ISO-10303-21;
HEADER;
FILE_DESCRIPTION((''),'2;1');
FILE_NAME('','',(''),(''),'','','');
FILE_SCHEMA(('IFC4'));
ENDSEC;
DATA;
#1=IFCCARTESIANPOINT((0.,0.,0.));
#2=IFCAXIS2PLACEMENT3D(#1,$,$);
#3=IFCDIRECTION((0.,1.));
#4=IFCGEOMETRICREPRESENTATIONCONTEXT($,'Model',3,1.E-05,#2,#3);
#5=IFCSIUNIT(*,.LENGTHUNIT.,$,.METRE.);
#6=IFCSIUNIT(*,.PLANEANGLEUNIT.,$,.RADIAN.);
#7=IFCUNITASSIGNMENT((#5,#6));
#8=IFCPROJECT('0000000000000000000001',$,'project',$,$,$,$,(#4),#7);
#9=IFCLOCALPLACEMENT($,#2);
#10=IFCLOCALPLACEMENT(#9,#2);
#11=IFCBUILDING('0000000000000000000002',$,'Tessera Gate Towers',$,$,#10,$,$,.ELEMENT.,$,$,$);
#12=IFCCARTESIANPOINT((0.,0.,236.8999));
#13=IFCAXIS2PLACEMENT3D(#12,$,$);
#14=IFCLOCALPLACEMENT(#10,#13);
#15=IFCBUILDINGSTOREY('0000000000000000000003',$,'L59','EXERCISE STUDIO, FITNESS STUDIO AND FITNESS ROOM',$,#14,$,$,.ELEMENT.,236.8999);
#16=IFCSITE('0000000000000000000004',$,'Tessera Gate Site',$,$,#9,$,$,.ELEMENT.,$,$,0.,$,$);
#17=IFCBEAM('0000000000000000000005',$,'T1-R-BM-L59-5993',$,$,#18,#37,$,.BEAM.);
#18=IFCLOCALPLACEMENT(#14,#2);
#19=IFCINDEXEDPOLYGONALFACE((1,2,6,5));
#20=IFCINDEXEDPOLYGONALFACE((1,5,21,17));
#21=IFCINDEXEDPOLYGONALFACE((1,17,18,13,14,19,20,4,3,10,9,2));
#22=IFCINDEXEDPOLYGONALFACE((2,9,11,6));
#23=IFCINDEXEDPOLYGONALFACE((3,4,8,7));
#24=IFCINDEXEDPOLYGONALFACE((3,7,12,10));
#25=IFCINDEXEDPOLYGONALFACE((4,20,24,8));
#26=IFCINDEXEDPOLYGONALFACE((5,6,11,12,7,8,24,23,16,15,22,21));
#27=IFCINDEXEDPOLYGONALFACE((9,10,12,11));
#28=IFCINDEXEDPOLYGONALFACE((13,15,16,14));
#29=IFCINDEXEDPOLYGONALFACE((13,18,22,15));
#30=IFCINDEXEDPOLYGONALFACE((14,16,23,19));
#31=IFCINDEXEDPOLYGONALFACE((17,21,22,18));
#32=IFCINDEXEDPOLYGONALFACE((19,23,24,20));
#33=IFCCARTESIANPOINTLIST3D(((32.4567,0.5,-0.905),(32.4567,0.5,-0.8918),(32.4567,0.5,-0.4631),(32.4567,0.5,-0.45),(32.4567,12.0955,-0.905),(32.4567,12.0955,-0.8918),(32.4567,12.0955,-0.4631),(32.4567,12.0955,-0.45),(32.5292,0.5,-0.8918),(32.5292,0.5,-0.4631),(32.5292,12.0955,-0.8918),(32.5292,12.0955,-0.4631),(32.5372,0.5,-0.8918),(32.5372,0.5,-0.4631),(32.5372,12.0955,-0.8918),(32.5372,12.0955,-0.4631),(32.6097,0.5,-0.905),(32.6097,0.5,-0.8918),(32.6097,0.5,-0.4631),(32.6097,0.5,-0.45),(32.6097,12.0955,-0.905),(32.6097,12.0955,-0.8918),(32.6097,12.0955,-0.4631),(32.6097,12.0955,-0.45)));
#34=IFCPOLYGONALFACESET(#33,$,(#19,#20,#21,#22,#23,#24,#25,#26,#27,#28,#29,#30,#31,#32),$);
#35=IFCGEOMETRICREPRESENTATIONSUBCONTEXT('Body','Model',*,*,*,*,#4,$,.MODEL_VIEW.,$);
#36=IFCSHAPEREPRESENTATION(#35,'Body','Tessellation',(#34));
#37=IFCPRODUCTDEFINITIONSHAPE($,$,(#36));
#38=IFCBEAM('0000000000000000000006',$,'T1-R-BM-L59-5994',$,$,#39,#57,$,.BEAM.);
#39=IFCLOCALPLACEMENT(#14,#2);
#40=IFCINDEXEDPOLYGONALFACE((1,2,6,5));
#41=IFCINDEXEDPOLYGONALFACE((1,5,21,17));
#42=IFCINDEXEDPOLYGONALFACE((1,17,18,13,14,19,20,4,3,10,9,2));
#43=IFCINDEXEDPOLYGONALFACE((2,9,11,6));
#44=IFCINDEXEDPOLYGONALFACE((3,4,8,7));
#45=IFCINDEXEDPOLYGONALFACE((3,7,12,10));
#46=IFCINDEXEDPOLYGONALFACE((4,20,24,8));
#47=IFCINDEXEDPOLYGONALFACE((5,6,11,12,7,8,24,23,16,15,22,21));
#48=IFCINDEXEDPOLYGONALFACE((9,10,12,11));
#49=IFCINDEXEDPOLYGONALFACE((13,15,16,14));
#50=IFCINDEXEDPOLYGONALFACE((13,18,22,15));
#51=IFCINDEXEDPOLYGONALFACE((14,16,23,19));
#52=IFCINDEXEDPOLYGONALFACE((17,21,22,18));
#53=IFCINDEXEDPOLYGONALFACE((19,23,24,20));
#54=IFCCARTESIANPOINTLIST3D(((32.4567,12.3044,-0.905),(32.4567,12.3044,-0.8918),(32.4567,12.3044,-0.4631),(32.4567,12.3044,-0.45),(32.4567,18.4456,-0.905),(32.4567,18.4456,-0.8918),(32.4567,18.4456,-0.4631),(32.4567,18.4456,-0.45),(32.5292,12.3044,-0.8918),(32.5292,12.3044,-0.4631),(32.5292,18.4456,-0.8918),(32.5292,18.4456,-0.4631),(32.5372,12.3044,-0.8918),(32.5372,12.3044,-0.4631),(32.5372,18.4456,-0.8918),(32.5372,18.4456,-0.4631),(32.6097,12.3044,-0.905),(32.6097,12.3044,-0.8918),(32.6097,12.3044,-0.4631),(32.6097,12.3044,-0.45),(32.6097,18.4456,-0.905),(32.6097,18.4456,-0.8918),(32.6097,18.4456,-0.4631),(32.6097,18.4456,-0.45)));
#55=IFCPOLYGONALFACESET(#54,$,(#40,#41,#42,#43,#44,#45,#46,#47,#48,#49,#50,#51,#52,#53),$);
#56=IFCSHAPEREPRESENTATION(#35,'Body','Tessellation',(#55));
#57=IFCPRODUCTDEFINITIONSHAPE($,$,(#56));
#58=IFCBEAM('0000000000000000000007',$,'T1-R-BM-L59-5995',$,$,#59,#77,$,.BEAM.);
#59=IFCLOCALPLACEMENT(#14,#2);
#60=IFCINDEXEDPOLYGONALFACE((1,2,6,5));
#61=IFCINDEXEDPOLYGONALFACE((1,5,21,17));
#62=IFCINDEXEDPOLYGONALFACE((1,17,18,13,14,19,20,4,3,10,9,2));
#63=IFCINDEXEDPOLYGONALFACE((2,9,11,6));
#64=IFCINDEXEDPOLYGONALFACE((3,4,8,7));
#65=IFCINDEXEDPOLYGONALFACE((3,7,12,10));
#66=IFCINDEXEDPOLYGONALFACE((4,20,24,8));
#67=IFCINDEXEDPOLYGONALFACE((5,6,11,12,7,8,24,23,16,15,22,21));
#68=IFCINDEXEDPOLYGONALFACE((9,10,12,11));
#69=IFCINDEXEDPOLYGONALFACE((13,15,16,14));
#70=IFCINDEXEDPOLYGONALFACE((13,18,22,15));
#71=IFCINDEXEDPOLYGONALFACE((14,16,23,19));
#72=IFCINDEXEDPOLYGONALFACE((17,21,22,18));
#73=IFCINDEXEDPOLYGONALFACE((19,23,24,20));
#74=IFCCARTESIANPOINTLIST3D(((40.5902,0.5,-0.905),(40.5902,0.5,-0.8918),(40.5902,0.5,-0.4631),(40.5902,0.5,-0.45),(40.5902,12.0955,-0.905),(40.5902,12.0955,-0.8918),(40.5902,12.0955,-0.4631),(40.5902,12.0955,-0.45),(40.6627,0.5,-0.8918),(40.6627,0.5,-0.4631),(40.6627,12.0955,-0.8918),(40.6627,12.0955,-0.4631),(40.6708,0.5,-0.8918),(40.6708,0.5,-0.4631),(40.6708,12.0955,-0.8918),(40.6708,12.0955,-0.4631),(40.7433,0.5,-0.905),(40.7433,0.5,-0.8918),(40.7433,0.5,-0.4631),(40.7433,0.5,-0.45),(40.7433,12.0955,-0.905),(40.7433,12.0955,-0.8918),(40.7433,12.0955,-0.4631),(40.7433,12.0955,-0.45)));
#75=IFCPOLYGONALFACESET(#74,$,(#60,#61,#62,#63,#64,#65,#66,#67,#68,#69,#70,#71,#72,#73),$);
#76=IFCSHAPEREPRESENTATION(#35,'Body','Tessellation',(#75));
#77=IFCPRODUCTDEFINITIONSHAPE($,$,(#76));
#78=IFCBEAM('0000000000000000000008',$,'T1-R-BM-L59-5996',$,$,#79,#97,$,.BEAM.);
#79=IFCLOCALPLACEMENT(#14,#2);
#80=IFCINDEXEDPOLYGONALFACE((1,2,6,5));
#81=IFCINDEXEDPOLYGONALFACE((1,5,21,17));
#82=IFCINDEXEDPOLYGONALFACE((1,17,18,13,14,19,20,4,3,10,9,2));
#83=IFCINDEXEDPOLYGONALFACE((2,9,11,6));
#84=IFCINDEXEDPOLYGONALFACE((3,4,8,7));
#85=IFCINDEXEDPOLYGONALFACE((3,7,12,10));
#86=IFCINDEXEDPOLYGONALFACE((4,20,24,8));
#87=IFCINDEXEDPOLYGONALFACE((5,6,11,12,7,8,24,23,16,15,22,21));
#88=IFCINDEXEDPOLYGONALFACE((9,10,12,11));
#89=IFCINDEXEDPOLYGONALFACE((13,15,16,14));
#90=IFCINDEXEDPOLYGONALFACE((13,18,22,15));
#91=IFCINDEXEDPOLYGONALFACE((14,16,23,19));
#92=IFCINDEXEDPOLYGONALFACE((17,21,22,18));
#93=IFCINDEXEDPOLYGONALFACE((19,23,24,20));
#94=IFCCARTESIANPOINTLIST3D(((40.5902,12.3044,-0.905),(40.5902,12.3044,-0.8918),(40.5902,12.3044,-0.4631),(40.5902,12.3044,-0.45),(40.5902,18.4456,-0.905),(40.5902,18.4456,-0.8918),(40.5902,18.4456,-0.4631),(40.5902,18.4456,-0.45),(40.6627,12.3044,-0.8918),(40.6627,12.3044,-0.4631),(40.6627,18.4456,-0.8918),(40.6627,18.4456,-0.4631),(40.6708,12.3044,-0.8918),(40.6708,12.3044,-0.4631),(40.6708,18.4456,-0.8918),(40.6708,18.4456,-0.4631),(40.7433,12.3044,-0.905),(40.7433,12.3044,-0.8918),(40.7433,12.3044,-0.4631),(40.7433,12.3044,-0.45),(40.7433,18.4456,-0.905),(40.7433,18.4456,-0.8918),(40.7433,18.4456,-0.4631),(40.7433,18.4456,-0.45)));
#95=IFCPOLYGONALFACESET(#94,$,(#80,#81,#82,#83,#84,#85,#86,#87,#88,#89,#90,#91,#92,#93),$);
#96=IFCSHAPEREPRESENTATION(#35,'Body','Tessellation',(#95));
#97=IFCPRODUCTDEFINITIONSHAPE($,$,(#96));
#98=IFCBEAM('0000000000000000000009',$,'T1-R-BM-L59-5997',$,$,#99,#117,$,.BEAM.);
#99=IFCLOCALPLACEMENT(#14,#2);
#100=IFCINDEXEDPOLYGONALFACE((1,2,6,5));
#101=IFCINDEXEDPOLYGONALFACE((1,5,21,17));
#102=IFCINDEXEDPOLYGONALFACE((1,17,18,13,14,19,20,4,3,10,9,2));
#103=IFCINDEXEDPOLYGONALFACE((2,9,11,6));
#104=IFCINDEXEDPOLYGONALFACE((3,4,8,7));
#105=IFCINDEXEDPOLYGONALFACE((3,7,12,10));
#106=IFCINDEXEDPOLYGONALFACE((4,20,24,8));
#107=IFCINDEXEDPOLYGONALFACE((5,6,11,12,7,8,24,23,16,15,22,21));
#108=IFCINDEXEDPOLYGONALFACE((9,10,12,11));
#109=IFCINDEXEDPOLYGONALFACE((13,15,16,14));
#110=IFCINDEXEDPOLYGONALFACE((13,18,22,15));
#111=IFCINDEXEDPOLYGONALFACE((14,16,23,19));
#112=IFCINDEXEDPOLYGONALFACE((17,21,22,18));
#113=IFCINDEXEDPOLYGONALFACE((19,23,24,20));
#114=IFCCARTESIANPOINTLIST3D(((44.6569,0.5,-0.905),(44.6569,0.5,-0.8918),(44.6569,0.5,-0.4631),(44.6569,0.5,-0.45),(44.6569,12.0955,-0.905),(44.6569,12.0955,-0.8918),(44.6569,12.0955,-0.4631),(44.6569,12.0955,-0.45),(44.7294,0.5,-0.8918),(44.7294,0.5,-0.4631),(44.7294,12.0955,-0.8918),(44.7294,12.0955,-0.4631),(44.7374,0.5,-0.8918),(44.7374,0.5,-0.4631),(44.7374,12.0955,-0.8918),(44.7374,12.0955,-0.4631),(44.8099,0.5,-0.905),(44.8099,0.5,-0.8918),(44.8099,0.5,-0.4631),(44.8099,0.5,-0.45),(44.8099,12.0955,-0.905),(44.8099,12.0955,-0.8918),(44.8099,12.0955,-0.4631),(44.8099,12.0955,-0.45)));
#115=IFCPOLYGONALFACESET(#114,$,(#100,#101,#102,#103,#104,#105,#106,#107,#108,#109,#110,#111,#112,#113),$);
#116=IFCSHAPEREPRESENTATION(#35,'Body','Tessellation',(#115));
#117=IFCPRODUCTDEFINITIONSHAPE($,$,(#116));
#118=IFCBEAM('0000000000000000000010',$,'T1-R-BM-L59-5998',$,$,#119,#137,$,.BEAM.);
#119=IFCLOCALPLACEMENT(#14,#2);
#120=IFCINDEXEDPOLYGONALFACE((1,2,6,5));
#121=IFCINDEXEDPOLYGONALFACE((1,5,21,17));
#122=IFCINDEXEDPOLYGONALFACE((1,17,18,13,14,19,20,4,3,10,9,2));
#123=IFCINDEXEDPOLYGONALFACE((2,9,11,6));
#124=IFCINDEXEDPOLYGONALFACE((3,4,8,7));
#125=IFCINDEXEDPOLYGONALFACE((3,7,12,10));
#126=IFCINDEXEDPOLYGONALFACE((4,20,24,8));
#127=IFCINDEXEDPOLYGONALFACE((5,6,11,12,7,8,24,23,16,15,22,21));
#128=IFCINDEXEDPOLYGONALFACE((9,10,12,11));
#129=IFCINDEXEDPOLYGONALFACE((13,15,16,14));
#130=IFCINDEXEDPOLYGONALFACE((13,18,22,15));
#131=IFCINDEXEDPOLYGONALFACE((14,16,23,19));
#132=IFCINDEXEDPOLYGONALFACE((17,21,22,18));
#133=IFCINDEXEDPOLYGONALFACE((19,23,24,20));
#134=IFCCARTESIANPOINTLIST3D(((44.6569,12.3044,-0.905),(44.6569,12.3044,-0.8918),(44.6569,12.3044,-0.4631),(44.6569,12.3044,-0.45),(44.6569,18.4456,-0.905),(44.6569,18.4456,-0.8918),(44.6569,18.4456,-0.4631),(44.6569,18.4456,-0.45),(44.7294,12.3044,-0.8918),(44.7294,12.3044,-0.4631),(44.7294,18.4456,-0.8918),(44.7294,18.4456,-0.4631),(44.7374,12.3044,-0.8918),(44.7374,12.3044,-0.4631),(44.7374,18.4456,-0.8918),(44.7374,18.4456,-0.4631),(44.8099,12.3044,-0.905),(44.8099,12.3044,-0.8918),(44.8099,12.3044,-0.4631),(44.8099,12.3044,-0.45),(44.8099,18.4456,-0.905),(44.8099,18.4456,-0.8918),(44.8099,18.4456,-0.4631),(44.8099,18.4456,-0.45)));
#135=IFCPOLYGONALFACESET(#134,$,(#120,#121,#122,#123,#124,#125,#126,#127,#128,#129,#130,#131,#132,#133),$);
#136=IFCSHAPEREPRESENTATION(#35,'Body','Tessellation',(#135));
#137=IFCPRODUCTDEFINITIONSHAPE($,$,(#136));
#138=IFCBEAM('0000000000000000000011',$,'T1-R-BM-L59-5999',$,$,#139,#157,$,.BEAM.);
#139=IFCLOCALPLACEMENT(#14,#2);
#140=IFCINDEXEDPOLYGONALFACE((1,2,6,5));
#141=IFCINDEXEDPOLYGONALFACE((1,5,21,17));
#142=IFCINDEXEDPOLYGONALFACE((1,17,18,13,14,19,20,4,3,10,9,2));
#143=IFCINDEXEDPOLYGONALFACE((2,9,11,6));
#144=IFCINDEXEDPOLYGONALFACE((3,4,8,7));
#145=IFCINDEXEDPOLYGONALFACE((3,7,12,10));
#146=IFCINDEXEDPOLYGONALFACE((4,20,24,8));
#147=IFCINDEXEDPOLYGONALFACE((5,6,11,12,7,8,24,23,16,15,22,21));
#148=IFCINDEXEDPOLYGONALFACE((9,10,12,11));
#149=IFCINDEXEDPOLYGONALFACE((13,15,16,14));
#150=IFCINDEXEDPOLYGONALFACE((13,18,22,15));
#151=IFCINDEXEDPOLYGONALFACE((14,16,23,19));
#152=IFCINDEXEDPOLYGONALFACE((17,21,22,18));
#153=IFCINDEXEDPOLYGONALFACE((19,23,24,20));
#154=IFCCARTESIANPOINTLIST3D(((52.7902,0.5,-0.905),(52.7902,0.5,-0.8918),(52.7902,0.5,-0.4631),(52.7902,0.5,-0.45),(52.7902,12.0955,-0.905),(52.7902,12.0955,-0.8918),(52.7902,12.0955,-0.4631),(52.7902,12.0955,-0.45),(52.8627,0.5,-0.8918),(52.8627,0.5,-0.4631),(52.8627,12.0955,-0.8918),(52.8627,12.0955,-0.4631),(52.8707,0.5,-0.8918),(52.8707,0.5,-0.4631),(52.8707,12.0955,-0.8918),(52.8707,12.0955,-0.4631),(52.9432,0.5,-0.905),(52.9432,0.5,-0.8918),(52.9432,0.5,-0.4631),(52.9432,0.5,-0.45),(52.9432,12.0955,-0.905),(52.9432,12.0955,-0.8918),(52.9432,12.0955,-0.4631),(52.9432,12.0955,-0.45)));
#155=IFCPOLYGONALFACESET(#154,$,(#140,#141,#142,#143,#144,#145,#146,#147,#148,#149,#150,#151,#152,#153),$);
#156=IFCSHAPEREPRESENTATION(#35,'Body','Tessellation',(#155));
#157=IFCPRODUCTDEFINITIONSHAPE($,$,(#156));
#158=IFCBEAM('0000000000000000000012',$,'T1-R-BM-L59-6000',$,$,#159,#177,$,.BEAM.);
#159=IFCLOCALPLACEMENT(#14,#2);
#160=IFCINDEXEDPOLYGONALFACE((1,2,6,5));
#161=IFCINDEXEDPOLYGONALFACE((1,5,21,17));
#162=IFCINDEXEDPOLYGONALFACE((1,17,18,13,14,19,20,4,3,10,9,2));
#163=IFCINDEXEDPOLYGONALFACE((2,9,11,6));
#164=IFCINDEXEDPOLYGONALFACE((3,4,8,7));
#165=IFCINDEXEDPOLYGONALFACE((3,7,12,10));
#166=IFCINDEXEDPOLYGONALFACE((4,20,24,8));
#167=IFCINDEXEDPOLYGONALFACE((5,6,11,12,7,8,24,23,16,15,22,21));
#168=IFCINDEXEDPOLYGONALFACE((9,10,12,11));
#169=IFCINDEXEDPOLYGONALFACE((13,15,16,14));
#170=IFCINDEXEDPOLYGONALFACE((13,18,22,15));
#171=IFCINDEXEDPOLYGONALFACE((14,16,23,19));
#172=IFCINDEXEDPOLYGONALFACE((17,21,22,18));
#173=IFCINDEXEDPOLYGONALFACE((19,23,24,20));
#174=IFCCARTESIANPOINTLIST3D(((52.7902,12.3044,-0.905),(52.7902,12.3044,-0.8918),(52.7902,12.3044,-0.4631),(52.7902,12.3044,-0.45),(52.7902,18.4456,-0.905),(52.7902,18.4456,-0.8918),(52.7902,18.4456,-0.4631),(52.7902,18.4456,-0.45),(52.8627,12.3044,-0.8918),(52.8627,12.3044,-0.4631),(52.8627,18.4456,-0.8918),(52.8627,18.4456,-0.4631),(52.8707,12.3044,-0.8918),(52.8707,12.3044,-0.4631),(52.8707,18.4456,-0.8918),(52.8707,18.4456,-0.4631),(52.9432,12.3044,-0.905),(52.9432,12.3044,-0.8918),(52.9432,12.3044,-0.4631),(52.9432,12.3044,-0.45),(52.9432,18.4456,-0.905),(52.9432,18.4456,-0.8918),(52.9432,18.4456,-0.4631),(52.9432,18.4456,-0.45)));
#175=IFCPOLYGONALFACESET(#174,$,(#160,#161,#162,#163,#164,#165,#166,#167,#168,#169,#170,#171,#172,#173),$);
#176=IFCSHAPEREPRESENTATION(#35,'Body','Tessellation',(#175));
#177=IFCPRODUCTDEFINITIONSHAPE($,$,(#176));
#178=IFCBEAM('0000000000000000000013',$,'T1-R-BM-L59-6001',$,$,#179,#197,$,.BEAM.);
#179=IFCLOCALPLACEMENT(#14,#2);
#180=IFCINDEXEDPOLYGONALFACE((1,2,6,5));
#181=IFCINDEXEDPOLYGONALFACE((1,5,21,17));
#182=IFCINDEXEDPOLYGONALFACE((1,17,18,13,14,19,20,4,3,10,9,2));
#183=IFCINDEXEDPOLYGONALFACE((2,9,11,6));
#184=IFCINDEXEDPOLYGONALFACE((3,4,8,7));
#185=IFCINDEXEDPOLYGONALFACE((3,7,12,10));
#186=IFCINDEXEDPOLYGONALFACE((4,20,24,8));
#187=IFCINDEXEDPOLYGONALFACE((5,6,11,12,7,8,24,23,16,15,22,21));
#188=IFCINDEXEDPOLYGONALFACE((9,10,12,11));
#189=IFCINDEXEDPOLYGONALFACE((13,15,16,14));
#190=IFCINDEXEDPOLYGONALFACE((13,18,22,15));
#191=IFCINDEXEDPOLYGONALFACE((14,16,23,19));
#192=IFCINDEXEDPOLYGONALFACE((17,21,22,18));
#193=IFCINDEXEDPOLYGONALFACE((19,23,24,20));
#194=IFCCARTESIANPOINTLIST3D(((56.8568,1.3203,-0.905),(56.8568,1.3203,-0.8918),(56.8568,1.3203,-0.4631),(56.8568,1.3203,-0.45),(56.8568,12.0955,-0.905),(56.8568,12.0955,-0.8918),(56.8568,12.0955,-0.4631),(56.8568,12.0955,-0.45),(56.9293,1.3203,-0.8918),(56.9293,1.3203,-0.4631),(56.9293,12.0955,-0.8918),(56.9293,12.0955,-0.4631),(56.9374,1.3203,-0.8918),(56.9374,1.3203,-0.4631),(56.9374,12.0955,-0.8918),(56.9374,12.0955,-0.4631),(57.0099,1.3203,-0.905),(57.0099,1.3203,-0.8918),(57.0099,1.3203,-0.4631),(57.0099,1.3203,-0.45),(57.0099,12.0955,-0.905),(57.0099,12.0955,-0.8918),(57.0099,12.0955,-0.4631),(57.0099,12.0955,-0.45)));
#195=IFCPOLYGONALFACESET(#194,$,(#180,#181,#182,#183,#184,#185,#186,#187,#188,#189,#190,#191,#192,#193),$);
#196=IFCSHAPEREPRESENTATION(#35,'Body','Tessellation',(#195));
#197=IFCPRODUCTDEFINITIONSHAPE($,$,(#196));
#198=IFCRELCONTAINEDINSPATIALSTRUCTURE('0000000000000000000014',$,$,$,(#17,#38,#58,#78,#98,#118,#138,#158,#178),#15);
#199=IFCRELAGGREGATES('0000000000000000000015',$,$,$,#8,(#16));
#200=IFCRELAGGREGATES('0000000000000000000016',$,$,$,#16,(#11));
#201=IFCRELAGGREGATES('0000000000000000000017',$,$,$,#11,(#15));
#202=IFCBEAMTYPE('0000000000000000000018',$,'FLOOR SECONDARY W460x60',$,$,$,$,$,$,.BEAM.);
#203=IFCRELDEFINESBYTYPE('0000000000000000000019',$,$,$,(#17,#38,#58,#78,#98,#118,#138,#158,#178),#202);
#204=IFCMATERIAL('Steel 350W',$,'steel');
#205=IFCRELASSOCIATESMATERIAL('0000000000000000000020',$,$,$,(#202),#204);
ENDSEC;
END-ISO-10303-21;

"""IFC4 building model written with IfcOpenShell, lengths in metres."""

from ifc_helpers import new_model, si_unit, direction, frame, origin, origin_2d, place, context, subcontext, project, spatial, i_section, extrude, material, material_profile, profile_set, type_object, element, save


model = new_model("IFC4")

# Units and contexts
model_context = context("Model", 3, precision=1e-05, world=origin(), true_north=direction((0.0, 1.0)))
body_context = subcontext(model_context, "Body", "Model", "MODEL_VIEW")
ifc_project = project(units=[si_unit("LENGTHUNIT", "METRE"), si_unit("PLANEANGLEUNIT", "RADIAN")], contexts=[model_context])

# Site, building, storey
site_placement = place(None, origin())
site = spatial("IfcSite", under=ifc_project, at=site_placement, Name="Tessera Gate Site", CompositionType="ELEMENT", RefElevation=0.0)
building_placement = place(site_placement, origin())
building = spatial("IfcBuilding", under=site, at=building_placement, Name="Tessera Gate Towers", CompositionType="ELEMENT")
storey_placement = place(building_placement, frame((0.0, 0.0, 236.8999)))
storey = spatial("IfcBuildingStorey", under=building, at=storey_placement, Name="L59", Description="EXERCISE STUDIO, FITNESS STUDIO AND FITNESS ROOM", CompositionType="ELEMENT", Elevation=236.8999)

# Beams
ifc_material_1 = material(Name="Steel 350W", Category="steel")
ifc_material_profile_1 = material_profile(ifc_material_1, i_section(OverallWidth=0.1531, OverallDepth=0.4551, WebThickness=0.0081, FlangeThickness=0.0132, at=origin_2d()), Name="W460x60")
ifc_profile_set_1 = profile_set([ifc_material_profile_1], Name="Steel 350W")
beam_type_1 = type_object("IfcBeamType", Name="FLOOR SECONDARY W460x60", PredefinedType="BEAM", material=ifc_profile_set_1)
beam_1_placement = place(storey_placement, frame((32.5332, 0.5, -0.6775), z_axis=(0.0, 1.0, 0.0), x_axis=(-1.0, 0.0, 0.0)))
element("IfcBeam", 1, at=beam_1_placement, inside=storey, type_object=beam_type_1, Name="T1-R-BM-L59-5993", PredefinedType="BEAM", context=body_context, shape_type="SweptSolid", body=[
    extrude(i_section(OverallWidth=0.1531, OverallDepth=0.4551, WebThickness=0.0081, FlangeThickness=0.0132, at=origin_2d()), origin(), (0.0, 0.0, 1.0), 11.5955),
])
beam_2_placement = place(storey_placement, frame((32.5332, 12.3044, -0.6775), z_axis=(0.0, 1.0, 0.0), x_axis=(-1.0, 0.0, 0.0)))
element("IfcBeam", 2, at=beam_2_placement, inside=storey, type_object=beam_type_1, Name="T1-R-BM-L59-5994", PredefinedType="BEAM", context=body_context, shape_type="SweptSolid", body=[
    extrude(i_section(OverallWidth=0.1531, OverallDepth=0.4551, WebThickness=0.0081, FlangeThickness=0.0132, at=origin_2d()), origin(), (0.0, 0.0, 1.0), 6.1411),
])
beam_3_placement = place(storey_placement, frame((40.6667, 0.5, -0.6775), z_axis=(0.0, 1.0, 0.0), x_axis=(-1.0, 0.0, 0.0)))
element("IfcBeam", 3, at=beam_3_placement, inside=storey, type_object=beam_type_1, Name="T1-R-BM-L59-5995", PredefinedType="BEAM", context=body_context, shape_type="SweptSolid", body=[
    extrude(i_section(OverallWidth=0.1531, OverallDepth=0.4551, WebThickness=0.0081, FlangeThickness=0.0132, at=origin_2d()), origin(), (0.0, 0.0, 1.0), 11.5955),
])
beam_4_placement = place(storey_placement, frame((40.6667, 12.3044, -0.6775), z_axis=(0.0, 1.0, 0.0), x_axis=(-1.0, 0.0, 0.0)))
element("IfcBeam", 4, at=beam_4_placement, inside=storey, type_object=beam_type_1, Name="T1-R-BM-L59-5996", PredefinedType="BEAM", context=body_context, shape_type="SweptSolid", body=[
    extrude(i_section(OverallWidth=0.1531, OverallDepth=0.4551, WebThickness=0.0081, FlangeThickness=0.0132, at=origin_2d()), origin(), (0.0, 0.0, 1.0), 6.1411),
])
beam_5_placement = place(storey_placement, frame((44.7334, 0.5, -0.6775), z_axis=(0.0, 1.0, 0.0), x_axis=(-1.0, 0.0, 0.0)))
element("IfcBeam", 5, at=beam_5_placement, inside=storey, type_object=beam_type_1, Name="T1-R-BM-L59-5997", PredefinedType="BEAM", context=body_context, shape_type="SweptSolid", body=[
    extrude(i_section(OverallWidth=0.1531, OverallDepth=0.4551, WebThickness=0.0081, FlangeThickness=0.0132, at=origin_2d()), origin(), (0.0, 0.0, 1.0), 11.5955),
])
beam_6_placement = place(storey_placement, frame((44.7334, 12.3044, -0.6775), z_axis=(0.0, 1.0, 0.0), x_axis=(-1.0, 0.0, 0.0)))
element("IfcBeam", 6, at=beam_6_placement, inside=storey, type_object=beam_type_1, Name="T1-R-BM-L59-5998", PredefinedType="BEAM", context=body_context, shape_type="SweptSolid", body=[
    extrude(i_section(OverallWidth=0.1531, OverallDepth=0.4551, WebThickness=0.0081, FlangeThickness=0.0132, at=origin_2d()), origin(), (0.0, 0.0, 1.0), 6.1411),
])
beam_7_placement = place(storey_placement, frame((52.8667, 0.5, -0.6775), z_axis=(0.0, 1.0, 0.0), x_axis=(-1.0, 0.0, 0.0)))
element("IfcBeam", 7, at=beam_7_placement, inside=storey, type_object=beam_type_1, Name="T1-R-BM-L59-5999", PredefinedType="BEAM", context=body_context, shape_type="SweptSolid", body=[
    extrude(i_section(OverallWidth=0.1531, OverallDepth=0.4551, WebThickness=0.0081, FlangeThickness=0.0132, at=origin_2d()), origin(), (0.0, 0.0, 1.0), 11.5955),
])
beam_8_placement = place(storey_placement, frame((52.8667, 12.3044, -0.6775), z_axis=(0.0, 1.0, 0.0), x_axis=(-1.0, 0.0, 0.0)))
element("IfcBeam", 8, at=beam_8_placement, inside=storey, type_object=beam_type_1, Name="T1-R-BM-L59-6000", PredefinedType="BEAM", context=body_context, shape_type="SweptSolid", body=[
    extrude(i_section(OverallWidth=0.1531, OverallDepth=0.4551, WebThickness=0.0081, FlangeThickness=0.0132, at=origin_2d()), origin(), (0.0, 0.0, 1.0), 6.1411),
])
beam_9_placement = place(storey_placement, frame((56.9333, 1.3203, -0.6775), z_axis=(0.0, 1.0, 0.0), x_axis=(-1.0, 0.0, 0.0)))
element("IfcBeam", 9, at=beam_9_placement, inside=storey, type_object=beam_type_1, Name="T1-R-BM-L59-6001", PredefinedType="BEAM", context=body_context, shape_type="SweptSolid", body=[
    extrude(i_section(OverallWidth=0.1531, OverallDepth=0.4551, WebThickness=0.0081, FlangeThickness=0.0132, at=origin_2d()), origin(), (0.0, 0.0, 1.0), 10.7751),
])

save(model, "model.ifc")
